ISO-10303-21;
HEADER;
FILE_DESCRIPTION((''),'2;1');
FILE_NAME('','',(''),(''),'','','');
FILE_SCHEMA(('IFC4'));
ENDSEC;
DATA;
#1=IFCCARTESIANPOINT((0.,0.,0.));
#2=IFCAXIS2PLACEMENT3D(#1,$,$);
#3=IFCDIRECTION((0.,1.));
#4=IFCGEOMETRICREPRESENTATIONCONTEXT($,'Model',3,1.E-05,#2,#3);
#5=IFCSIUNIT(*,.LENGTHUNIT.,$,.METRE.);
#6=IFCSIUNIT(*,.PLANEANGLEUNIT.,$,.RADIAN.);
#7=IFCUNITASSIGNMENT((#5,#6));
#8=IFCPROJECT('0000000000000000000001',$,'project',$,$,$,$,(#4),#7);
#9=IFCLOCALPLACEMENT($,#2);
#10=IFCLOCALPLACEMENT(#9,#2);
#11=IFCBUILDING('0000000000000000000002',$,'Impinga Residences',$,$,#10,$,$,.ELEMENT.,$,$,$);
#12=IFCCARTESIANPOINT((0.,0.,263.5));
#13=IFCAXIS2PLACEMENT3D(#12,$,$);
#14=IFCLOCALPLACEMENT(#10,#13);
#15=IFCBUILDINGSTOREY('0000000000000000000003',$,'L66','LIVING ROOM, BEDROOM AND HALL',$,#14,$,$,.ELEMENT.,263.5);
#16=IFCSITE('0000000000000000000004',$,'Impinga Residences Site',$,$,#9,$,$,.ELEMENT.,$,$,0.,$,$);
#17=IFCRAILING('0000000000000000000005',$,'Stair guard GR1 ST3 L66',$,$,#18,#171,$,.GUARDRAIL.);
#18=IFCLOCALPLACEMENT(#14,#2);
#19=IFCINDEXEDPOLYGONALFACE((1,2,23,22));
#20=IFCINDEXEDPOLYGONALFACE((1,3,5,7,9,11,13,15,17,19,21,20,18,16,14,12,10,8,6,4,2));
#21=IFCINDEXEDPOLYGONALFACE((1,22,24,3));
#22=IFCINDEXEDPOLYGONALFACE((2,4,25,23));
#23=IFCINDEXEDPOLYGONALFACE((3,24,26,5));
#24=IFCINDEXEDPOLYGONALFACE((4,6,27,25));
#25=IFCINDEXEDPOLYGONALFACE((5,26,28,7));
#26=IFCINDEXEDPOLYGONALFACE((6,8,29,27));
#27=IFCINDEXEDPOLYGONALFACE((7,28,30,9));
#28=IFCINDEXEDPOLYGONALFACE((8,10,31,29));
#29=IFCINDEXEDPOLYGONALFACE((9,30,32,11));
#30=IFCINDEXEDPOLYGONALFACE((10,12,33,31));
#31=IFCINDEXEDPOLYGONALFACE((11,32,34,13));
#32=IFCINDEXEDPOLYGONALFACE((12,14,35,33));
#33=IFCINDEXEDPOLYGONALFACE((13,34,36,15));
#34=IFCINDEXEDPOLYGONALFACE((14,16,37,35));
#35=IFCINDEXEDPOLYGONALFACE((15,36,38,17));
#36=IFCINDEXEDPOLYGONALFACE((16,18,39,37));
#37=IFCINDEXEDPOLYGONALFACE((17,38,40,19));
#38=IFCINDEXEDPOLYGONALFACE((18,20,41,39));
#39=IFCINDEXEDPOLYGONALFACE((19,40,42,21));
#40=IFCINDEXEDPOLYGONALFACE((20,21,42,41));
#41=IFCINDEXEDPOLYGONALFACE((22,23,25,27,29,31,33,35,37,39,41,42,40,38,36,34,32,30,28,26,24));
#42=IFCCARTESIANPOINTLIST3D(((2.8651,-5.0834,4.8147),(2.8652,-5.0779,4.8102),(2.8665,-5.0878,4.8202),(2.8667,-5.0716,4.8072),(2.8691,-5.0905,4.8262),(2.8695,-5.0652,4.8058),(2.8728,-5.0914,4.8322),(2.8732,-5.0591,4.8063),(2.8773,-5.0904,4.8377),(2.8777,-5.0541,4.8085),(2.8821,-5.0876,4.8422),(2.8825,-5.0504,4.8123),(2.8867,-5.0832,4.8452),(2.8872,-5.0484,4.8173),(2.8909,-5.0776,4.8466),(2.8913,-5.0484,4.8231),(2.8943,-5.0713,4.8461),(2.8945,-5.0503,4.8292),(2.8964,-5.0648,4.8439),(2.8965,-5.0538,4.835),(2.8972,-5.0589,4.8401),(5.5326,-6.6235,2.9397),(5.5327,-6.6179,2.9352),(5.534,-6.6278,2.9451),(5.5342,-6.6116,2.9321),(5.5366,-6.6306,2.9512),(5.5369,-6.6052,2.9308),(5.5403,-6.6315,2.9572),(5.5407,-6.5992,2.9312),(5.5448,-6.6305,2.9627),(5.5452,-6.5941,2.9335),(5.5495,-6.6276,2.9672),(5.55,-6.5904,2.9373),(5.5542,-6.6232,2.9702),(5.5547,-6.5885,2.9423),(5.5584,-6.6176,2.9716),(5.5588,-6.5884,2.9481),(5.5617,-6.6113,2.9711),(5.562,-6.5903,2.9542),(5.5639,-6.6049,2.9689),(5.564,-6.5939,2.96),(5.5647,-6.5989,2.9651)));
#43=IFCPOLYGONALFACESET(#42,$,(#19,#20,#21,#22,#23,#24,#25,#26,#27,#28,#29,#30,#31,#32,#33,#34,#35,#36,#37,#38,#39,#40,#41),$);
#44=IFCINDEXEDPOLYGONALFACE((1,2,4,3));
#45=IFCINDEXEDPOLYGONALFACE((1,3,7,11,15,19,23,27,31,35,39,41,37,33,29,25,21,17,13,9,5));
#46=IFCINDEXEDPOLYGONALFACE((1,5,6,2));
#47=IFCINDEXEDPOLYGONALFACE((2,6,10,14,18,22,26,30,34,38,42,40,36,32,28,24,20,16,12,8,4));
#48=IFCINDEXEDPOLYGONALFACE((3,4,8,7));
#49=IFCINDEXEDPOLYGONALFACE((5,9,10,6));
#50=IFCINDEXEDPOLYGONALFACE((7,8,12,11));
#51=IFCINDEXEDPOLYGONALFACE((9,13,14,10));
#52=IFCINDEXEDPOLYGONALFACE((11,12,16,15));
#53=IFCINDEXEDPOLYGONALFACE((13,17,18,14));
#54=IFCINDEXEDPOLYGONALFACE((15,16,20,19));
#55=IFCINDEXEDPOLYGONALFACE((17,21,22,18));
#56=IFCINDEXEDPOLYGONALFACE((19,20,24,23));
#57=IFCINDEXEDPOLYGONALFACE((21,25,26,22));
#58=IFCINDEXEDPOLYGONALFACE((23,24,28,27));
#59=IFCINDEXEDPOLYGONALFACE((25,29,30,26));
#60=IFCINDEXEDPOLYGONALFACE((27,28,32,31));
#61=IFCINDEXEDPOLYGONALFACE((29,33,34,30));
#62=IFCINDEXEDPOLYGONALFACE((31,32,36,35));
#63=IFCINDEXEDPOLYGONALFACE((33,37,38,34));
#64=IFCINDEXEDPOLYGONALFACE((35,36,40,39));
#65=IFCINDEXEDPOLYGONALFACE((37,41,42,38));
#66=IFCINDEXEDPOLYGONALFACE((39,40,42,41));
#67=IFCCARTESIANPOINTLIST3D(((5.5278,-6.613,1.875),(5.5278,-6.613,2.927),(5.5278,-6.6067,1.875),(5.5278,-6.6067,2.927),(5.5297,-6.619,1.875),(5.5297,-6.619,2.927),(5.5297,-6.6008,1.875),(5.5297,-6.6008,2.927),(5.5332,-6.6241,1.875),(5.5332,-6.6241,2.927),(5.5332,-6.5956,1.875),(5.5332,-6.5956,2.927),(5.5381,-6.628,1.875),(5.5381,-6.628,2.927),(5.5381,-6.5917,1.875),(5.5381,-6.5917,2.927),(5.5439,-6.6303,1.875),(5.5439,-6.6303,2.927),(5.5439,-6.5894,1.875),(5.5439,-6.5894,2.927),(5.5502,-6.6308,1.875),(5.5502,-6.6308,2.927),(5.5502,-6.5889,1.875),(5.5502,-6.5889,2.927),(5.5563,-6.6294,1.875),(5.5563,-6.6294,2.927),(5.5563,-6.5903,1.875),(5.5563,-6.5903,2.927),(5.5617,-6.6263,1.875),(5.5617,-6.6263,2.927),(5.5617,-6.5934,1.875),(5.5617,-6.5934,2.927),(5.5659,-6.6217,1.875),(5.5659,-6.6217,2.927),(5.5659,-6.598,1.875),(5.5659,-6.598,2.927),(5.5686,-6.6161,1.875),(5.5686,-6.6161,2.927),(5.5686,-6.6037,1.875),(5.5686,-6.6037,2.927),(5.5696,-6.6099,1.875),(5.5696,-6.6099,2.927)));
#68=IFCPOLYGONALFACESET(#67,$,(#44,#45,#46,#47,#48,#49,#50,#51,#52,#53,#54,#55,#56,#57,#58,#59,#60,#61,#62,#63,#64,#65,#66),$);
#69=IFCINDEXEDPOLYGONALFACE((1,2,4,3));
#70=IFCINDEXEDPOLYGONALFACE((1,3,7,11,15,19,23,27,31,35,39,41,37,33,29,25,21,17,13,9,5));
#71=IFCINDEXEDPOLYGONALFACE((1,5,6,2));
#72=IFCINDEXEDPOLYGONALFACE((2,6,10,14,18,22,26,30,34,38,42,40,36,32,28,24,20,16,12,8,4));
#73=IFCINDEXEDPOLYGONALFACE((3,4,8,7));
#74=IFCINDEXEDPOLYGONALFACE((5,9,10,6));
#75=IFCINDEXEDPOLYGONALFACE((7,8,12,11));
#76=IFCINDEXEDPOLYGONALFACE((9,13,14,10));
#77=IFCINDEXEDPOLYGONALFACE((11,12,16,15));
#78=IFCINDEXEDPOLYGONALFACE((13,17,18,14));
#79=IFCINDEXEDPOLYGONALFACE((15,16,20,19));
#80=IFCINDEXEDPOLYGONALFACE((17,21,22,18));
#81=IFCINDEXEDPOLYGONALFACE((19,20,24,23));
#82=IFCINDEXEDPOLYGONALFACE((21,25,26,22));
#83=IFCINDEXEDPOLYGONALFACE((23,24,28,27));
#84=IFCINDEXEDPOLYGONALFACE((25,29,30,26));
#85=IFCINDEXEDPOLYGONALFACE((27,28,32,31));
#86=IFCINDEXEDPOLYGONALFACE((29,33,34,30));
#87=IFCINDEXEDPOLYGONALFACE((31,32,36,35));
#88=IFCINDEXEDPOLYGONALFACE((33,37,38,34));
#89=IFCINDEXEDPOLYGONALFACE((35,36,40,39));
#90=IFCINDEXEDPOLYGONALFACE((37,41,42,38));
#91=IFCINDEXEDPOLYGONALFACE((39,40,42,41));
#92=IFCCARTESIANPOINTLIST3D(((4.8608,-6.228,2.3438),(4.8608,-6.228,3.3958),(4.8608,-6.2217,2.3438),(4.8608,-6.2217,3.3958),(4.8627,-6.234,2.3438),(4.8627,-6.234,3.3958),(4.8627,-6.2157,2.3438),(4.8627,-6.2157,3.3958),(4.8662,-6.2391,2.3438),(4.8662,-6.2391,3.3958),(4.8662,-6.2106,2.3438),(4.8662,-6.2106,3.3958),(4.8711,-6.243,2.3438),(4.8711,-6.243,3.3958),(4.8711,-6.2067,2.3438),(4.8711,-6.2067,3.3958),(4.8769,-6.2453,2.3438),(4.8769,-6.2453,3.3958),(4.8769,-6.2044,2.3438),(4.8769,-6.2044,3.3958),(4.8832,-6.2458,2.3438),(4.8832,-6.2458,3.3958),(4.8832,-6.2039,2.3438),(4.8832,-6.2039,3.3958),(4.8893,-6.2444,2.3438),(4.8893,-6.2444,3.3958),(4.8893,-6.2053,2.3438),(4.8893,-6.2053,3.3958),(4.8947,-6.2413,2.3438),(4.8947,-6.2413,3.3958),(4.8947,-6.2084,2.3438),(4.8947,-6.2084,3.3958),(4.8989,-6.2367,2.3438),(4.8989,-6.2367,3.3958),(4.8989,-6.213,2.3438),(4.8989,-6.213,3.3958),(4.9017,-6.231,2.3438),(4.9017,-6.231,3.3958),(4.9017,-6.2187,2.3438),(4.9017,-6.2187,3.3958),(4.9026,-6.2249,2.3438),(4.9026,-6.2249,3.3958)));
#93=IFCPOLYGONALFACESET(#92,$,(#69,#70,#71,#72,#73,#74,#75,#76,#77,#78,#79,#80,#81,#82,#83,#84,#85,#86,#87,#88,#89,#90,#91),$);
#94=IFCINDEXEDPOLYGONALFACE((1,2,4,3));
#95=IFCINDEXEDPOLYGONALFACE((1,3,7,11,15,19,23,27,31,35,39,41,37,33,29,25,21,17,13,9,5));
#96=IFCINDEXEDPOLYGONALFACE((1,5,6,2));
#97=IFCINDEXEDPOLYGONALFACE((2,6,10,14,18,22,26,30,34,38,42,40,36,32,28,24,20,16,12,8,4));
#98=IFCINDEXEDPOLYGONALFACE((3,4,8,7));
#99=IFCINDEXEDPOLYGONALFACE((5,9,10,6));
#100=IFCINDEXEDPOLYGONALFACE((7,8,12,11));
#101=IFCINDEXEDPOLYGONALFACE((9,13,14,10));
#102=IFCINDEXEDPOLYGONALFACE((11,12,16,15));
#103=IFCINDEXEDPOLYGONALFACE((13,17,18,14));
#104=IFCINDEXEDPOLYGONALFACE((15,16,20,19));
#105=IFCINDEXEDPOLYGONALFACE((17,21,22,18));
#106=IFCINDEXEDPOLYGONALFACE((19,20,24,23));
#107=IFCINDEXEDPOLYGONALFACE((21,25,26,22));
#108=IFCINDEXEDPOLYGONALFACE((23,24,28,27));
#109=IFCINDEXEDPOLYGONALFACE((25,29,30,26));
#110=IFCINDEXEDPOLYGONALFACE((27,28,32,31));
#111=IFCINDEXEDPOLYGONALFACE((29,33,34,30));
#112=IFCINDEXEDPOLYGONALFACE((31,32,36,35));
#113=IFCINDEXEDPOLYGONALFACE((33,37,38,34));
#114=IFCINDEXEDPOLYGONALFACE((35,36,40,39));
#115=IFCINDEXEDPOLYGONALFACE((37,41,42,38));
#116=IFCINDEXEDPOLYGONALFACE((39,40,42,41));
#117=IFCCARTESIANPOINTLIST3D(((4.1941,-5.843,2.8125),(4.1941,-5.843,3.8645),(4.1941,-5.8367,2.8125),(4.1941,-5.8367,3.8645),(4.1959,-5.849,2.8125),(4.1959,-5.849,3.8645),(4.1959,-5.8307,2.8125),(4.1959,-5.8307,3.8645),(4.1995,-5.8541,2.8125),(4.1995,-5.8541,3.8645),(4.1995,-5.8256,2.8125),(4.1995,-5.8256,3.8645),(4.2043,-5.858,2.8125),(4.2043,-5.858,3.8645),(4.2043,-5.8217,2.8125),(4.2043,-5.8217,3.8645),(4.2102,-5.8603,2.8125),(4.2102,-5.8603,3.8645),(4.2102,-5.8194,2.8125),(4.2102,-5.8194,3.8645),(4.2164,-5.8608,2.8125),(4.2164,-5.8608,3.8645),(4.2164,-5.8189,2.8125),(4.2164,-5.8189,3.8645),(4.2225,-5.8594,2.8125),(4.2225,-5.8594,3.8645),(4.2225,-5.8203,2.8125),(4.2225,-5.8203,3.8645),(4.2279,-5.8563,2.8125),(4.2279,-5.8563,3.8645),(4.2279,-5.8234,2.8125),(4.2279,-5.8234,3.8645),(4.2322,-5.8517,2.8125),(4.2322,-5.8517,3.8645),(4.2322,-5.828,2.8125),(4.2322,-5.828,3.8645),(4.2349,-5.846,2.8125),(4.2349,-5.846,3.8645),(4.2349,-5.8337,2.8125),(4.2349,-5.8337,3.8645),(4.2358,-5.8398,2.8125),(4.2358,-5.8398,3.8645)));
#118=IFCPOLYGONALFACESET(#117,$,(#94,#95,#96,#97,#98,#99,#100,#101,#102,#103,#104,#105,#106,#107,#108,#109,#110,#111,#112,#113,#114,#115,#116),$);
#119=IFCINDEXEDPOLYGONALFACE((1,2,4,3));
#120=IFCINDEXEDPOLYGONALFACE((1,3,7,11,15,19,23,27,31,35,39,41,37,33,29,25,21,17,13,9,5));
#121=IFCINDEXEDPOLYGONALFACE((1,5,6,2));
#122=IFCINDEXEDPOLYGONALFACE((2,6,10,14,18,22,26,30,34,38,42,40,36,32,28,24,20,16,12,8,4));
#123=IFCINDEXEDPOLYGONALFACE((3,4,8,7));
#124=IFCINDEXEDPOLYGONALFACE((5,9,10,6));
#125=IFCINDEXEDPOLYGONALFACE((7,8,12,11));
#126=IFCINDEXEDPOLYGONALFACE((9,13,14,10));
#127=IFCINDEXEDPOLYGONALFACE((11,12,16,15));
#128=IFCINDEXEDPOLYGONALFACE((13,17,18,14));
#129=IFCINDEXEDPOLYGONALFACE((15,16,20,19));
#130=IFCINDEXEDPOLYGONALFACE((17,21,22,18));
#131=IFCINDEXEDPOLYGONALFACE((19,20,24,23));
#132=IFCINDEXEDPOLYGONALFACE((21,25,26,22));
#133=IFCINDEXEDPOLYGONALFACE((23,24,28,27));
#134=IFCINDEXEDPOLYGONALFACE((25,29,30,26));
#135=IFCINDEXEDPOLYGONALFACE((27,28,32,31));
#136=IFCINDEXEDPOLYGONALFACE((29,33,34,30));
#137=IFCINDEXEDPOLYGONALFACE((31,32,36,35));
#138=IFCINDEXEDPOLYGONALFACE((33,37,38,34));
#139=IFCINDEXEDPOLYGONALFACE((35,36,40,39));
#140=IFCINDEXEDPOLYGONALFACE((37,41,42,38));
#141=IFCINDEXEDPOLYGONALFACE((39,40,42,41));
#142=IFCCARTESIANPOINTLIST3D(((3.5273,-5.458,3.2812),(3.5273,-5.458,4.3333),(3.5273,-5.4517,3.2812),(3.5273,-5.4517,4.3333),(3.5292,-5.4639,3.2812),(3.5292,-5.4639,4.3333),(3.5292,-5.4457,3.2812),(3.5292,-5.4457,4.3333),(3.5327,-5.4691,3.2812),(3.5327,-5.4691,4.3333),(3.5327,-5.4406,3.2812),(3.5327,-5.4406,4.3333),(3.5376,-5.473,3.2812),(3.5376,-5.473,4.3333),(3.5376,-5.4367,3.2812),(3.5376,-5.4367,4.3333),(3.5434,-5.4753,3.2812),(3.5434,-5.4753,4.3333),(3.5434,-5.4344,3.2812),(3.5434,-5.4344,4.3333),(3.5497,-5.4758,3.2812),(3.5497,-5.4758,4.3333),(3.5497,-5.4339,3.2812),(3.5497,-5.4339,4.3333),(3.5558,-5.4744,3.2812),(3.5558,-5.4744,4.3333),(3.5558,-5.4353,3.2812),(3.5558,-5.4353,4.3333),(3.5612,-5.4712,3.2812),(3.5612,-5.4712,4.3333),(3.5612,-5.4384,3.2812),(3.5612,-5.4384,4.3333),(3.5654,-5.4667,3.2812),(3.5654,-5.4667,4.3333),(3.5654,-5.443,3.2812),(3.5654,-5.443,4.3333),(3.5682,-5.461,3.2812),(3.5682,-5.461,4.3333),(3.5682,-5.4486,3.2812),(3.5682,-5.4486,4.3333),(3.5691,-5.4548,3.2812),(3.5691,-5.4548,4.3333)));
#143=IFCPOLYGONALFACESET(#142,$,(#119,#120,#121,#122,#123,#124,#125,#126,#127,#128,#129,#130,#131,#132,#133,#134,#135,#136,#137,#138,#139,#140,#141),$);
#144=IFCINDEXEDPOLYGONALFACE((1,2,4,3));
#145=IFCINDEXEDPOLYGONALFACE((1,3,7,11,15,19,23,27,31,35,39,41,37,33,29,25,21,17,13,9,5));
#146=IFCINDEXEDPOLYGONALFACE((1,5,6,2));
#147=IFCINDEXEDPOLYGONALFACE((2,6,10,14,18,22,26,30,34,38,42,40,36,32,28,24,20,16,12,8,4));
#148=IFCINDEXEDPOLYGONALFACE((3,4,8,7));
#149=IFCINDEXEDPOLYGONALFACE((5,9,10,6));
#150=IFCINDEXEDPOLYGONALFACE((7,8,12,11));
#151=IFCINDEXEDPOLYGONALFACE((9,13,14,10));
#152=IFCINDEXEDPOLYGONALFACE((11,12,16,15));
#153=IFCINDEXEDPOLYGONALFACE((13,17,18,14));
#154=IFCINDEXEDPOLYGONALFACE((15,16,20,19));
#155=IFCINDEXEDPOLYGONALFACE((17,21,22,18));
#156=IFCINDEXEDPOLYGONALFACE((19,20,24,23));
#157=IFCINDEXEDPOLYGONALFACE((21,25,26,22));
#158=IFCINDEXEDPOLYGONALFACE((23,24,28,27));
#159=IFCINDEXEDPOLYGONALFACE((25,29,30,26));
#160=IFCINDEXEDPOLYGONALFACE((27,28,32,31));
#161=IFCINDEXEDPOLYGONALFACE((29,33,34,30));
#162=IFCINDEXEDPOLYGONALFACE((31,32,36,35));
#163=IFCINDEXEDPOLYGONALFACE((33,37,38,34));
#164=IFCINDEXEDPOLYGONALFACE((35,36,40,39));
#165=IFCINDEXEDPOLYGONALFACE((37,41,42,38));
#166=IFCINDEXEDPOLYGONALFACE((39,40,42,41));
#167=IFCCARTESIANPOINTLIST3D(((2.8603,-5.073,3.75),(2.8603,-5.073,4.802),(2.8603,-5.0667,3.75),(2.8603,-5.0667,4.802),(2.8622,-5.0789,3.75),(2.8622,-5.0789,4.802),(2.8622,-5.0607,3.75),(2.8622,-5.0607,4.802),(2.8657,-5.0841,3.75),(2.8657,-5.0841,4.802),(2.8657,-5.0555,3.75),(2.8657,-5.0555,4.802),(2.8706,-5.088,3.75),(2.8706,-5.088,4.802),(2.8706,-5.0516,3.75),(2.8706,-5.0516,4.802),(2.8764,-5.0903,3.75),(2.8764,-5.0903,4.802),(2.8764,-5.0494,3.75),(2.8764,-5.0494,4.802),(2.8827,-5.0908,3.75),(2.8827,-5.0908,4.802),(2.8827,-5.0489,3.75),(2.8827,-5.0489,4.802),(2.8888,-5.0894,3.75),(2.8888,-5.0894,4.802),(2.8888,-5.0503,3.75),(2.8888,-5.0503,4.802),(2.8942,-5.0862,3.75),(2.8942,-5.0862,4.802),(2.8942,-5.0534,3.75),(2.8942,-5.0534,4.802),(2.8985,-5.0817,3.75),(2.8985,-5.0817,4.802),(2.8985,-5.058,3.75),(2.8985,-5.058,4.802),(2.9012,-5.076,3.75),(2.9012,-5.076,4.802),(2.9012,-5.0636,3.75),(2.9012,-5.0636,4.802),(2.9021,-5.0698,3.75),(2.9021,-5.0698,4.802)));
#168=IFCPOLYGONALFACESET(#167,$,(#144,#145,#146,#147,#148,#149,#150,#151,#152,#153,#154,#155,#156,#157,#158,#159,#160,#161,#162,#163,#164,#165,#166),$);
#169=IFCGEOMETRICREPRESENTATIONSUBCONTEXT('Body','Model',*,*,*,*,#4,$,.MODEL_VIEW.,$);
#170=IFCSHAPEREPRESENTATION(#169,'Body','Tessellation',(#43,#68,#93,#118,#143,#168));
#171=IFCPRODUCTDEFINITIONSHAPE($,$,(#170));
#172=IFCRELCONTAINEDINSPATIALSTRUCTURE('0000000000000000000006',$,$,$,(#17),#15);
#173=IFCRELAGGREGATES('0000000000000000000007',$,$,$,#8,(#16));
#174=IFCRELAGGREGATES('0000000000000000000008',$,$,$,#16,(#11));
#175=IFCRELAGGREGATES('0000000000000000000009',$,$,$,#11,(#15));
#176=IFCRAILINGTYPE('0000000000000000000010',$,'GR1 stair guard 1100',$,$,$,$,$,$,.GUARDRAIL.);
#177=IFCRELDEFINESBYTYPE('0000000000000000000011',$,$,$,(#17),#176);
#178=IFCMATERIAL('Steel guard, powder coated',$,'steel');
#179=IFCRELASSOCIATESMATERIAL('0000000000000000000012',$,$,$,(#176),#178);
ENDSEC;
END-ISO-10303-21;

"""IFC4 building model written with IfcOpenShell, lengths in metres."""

from ifc_helpers import new_model, si_unit, direction, frame, origin, origin_2d, place, context, subcontext, project, spatial, circle, extrude, material, type_object, element, save


model = new_model("IFC4")

# Units and contexts
model_context = context("Model", 3, precision=1e-05, world=origin(), true_north=direction((0.0, 1.0)))
body_context = subcontext(model_context, "Body", "Model", "MODEL_VIEW")
ifc_project = project(units=[si_unit("LENGTHUNIT", "METRE"), si_unit("PLANEANGLEUNIT", "RADIAN")], contexts=[model_context])

# Site, building, storey
site_placement = place(None, origin())
site = spatial("IfcSite", under=ifc_project, at=site_placement, Name="Impinga Residences Site", CompositionType="ELEMENT", RefElevation=0.0)
building_placement = place(site_placement, origin())
building = spatial("IfcBuilding", under=site, at=building_placement, Name="Impinga Residences", CompositionType="ELEMENT")
storey_placement = place(building_placement, frame((0.0, 0.0, 263.5)))
storey = spatial("IfcBuildingStorey", under=building, at=storey_placement, Name="L66", Description="LIVING ROOM, BEDROOM AND HALL", CompositionType="ELEMENT", Elevation=263.5)

# Railing
ifc_material_1 = material(Name="Steel guard, powder coated", Category="steel")
railing_type_1 = type_object("IfcRailingType", Name="GR1 stair guard 1100", PredefinedType="GUARDRAIL", material=ifc_material_1)
railing_1_placement = place(storey_placement, frame((5.5486, -6.6099, 1.875)))
element("IfcRailing", 1, at=railing_1_placement, inside=storey, type_object=railing_type_1, Name="Stair guard GR1 ST3 L66", PredefinedType="GUARDRAIL", context=body_context, shape_type="SweptSolid", body=[
    extrude(circle(Radius=0.0239, at=origin_2d()), frame((0.0, 0.0, 1.0762), z_axis=(-0.739746, 0.427084, 0.519975), x_axis=(-0.499992, -0.86603, 0.0)), (0.0, 0.0, 1.0), 3.606),
    extrude(circle(Radius=0.021, at=origin_2d()), origin(), (0.0, 0.0, 1.0), 1.052),
    extrude(circle(Radius=0.021, at=origin_2d()), frame((-0.667, 0.385, 0.4688)), (0.0, 0.0, 1.0), 1.052),
    extrude(circle(Radius=0.021, at=origin_2d()), frame((-1.3337, 0.77, 0.9375)), (0.0, 0.0, 1.0), 1.052),
    extrude(circle(Radius=0.021, at=origin_2d()), frame((-2.0005, 1.155, 1.4062)), (0.0, 0.0, 1.0), 1.052),
    extrude(circle(Radius=0.021, at=origin_2d()), frame((-2.6675, 1.54, 1.875)), (0.0, 0.0, 1.0), 1.052),
])

save(model, "model.ifc")
